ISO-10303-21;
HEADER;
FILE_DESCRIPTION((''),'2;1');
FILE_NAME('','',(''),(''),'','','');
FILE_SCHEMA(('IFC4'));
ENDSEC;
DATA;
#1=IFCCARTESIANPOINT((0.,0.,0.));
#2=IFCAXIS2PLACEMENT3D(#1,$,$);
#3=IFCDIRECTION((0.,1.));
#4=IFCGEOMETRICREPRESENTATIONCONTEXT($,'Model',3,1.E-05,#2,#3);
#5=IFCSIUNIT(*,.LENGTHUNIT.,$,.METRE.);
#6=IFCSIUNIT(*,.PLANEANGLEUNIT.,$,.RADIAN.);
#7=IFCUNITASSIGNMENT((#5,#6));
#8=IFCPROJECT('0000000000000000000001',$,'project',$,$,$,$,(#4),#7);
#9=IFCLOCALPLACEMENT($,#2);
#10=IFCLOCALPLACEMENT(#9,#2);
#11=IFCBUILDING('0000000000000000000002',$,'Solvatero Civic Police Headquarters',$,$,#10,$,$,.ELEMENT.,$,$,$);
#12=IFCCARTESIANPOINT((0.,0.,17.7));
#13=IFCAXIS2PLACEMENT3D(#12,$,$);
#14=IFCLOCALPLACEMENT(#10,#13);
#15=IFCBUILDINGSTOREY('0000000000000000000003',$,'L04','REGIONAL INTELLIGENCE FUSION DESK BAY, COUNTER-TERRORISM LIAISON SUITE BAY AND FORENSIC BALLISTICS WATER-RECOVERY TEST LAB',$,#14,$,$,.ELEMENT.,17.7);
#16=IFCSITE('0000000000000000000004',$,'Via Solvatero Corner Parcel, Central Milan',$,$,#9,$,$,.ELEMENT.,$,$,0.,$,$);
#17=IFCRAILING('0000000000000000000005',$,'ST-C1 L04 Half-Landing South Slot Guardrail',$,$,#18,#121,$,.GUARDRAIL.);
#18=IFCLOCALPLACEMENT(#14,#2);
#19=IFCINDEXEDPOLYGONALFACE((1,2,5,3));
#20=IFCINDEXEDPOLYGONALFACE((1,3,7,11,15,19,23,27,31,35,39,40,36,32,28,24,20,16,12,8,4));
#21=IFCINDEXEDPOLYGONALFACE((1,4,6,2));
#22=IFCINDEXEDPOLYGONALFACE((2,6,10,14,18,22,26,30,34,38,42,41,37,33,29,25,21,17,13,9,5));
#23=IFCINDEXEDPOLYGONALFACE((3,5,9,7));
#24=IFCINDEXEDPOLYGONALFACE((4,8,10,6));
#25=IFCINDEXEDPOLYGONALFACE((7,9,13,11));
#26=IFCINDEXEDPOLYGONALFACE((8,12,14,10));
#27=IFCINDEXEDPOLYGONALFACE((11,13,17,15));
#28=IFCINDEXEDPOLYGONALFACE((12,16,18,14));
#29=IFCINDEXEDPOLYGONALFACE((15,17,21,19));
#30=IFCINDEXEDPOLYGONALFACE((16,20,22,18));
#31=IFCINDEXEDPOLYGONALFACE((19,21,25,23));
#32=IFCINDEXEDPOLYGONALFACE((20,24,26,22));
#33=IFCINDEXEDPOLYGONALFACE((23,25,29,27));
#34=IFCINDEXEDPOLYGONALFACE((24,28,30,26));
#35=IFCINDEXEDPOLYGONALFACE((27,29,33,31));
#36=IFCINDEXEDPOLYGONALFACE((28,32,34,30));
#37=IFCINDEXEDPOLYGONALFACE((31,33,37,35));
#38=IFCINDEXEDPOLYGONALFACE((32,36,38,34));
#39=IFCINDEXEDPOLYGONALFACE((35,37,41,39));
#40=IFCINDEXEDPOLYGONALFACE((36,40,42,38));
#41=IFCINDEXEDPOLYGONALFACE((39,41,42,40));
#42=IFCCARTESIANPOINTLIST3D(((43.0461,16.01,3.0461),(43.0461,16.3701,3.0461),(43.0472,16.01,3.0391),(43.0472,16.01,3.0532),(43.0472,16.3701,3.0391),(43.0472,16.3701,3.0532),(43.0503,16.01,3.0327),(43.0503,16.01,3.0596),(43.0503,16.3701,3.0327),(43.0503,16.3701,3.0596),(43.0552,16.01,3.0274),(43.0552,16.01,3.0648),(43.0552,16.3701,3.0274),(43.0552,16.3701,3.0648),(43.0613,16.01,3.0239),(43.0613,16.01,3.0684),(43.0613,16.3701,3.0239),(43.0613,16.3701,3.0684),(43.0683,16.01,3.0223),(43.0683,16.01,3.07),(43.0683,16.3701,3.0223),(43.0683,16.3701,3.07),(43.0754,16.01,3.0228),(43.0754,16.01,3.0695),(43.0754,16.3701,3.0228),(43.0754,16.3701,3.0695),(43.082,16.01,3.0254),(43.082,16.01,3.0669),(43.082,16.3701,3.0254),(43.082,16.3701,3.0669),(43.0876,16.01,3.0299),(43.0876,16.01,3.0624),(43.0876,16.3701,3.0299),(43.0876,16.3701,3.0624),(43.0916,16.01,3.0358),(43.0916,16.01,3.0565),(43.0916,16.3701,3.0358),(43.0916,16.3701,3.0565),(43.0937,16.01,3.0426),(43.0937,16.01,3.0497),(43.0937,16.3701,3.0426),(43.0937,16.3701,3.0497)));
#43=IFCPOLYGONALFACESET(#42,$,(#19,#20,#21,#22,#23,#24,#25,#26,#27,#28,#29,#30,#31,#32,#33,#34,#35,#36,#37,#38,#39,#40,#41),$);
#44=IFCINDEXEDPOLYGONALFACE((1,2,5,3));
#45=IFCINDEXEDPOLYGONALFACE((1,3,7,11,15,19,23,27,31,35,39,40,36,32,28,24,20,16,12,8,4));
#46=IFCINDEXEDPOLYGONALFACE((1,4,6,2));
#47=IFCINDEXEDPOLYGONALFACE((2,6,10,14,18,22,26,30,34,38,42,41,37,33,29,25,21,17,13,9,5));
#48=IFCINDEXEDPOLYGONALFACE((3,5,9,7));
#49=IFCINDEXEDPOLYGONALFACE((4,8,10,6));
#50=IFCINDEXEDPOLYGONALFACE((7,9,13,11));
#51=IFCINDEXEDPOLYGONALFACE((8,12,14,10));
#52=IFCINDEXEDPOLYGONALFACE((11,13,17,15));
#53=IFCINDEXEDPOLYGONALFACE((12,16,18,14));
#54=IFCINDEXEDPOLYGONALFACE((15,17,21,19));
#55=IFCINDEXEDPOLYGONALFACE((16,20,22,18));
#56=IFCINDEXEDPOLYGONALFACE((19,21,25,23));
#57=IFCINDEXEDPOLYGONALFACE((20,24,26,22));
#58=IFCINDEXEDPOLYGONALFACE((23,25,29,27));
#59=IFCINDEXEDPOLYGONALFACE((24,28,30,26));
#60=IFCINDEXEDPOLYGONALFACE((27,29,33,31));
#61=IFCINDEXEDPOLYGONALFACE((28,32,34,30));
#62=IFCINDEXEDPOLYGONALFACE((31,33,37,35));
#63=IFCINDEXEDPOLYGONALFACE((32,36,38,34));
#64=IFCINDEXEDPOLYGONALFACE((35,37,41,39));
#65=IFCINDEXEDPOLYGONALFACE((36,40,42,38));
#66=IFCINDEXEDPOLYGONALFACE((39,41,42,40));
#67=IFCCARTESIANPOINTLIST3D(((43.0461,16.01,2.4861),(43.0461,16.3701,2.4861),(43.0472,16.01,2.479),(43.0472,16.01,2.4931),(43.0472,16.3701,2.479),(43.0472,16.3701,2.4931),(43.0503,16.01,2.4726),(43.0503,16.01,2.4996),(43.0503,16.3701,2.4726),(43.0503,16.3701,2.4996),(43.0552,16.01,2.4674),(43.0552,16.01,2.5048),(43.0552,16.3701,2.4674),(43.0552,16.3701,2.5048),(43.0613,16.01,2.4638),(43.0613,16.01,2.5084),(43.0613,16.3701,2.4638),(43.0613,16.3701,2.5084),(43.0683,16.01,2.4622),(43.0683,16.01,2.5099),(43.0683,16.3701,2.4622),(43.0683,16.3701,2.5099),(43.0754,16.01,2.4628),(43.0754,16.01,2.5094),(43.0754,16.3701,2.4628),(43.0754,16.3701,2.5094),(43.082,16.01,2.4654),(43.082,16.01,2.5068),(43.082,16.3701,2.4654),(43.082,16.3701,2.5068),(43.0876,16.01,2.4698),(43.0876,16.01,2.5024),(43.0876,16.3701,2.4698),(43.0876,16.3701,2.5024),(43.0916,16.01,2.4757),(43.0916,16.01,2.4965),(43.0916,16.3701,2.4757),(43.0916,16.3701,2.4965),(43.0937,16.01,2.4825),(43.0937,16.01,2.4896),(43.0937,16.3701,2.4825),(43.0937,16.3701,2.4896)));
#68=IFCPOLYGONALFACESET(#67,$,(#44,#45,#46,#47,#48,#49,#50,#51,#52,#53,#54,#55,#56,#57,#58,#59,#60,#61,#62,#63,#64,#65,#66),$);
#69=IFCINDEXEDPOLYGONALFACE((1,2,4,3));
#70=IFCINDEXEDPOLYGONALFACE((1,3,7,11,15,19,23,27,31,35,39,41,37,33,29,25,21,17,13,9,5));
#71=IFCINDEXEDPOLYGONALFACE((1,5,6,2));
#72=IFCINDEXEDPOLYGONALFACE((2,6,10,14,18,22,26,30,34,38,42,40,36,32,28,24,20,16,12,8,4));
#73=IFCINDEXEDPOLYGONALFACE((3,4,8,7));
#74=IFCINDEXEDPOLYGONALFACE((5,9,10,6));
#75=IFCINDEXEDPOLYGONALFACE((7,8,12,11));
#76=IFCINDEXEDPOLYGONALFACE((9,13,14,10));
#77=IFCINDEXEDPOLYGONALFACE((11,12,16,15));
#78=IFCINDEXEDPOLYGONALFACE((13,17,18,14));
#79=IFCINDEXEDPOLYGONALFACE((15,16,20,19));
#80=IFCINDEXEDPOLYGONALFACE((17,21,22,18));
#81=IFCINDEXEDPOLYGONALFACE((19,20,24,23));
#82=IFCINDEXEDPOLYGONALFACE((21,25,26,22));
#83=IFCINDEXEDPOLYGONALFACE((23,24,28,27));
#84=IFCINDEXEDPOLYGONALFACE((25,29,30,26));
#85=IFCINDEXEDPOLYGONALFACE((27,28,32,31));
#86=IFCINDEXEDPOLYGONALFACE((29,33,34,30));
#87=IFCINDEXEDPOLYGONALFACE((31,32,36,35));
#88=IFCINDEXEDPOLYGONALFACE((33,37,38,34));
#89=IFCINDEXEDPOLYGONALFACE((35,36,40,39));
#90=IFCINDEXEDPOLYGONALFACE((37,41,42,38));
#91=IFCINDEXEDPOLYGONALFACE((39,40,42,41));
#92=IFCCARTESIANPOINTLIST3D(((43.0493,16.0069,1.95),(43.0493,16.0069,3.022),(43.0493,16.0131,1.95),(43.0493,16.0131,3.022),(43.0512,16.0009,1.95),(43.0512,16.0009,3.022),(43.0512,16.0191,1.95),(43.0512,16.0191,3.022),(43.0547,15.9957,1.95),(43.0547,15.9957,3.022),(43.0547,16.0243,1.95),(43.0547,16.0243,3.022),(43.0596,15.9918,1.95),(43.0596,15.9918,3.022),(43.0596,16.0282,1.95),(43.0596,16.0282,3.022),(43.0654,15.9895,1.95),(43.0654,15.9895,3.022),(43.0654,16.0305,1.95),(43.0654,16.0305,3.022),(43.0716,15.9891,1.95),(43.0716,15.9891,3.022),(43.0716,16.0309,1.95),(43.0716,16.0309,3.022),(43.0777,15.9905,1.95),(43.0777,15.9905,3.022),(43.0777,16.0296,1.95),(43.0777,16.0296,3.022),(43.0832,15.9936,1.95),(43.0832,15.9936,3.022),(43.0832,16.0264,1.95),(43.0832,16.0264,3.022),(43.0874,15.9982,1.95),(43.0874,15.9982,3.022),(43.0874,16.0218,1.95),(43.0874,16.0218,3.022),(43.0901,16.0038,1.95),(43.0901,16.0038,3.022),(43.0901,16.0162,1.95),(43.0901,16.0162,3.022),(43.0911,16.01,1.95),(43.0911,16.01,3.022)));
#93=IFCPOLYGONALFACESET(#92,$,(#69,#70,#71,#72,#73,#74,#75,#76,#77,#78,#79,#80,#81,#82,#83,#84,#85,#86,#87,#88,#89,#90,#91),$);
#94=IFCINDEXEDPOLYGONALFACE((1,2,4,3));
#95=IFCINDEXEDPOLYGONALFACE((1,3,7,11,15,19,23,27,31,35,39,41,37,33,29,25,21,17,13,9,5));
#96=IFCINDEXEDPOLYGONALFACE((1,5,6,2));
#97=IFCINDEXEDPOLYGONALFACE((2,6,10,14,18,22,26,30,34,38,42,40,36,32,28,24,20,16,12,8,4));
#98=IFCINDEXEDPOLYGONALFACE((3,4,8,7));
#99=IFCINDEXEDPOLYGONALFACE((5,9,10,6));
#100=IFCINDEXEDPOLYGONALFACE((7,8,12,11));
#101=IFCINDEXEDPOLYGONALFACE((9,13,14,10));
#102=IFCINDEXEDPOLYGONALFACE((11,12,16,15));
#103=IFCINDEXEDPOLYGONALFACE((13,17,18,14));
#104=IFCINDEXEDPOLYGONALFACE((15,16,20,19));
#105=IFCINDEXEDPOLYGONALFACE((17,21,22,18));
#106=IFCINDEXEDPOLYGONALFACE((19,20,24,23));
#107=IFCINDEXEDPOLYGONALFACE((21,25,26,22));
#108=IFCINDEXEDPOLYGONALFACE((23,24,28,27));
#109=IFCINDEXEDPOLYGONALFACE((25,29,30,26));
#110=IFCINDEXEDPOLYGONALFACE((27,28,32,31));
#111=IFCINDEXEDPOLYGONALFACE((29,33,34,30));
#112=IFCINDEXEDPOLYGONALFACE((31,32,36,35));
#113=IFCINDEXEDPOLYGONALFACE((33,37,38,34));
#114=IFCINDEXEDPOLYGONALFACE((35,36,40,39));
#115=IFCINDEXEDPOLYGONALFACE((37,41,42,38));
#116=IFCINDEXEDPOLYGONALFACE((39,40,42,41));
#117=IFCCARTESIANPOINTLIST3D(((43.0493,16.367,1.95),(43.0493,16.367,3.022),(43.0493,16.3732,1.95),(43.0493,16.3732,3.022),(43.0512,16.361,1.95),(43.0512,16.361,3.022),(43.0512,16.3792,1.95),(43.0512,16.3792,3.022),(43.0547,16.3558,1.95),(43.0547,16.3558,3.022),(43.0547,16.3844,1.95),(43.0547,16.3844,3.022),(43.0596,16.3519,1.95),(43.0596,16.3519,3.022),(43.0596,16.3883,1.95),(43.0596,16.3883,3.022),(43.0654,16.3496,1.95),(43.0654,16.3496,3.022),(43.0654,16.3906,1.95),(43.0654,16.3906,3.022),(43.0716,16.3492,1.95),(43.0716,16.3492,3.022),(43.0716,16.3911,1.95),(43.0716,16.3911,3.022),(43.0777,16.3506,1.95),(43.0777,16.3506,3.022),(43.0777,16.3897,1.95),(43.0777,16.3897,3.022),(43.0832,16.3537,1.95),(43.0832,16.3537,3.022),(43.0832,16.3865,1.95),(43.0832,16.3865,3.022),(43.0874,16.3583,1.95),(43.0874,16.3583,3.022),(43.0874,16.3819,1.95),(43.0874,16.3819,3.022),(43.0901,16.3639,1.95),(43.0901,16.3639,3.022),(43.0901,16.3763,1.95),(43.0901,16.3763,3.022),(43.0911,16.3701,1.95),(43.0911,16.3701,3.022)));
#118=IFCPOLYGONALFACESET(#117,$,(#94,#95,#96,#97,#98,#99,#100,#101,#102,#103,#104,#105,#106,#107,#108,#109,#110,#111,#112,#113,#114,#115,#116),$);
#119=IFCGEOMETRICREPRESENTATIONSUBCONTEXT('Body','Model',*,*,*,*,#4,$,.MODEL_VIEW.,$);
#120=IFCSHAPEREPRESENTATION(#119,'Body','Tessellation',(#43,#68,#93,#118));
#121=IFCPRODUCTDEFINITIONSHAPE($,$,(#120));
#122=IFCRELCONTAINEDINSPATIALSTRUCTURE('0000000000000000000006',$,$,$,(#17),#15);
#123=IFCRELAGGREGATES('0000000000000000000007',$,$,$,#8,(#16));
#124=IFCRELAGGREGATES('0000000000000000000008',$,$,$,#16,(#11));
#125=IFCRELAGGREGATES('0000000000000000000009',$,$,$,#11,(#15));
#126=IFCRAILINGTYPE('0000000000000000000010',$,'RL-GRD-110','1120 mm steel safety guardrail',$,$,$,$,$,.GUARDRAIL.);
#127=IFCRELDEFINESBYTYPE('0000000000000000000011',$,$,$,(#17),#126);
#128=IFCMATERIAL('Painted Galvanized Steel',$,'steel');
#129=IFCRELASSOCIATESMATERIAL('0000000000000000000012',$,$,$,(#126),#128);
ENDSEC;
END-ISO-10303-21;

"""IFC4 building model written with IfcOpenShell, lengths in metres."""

from ifc_helpers import new_model, si_unit, direction, frame, origin, origin_2d, place, context, subcontext, project, spatial, circle, extrude, material, type_object, element, save


model = new_model("IFC4")

# Units and contexts
model_context = context("Model", 3, precision=1e-05, world=origin(), true_north=direction((0.0, 1.0)))
body_context = subcontext(model_context, "Body", "Model", "MODEL_VIEW")
ifc_project = project(units=[si_unit("LENGTHUNIT", "METRE"), si_unit("PLANEANGLEUNIT", "RADIAN")], contexts=[model_context])

# Site, building, storey
site_placement = place(None, origin())
site = spatial("IfcSite", under=ifc_project, at=site_placement, Name="Via Solvatero Corner Parcel, Central Milan", CompositionType="ELEMENT", RefElevation=0.0)
building_placement = place(site_placement, origin())
building = spatial("IfcBuilding", under=site, at=building_placement, Name="Solvatero Civic Police Headquarters", CompositionType="ELEMENT")
storey_placement = place(building_placement, frame((0.0, 0.0, 17.7)))
storey = spatial("IfcBuildingStorey", under=building, at=storey_placement, Name="L04", Description="REGIONAL INTELLIGENCE FUSION DESK BAY, COUNTER-TERRORISM LIAISON SUITE BAY AND FORENSIC BALLISTICS WATER-RECOVERY TEST LAB", CompositionType="ELEMENT", Elevation=17.7)

# Railing
ifc_material_1 = material(Name="Painted Galvanized Steel", Category="steel")
railing_type_1 = type_object("IfcRailingType", Name="RL-GRD-110", Description="1120 mm steel safety guardrail", PredefinedType="GUARDRAIL", material=ifc_material_1)
railing_1_placement = place(storey_placement, frame((43.0701, 16.01, 1.95)))
element("IfcRailing", 1, at=railing_1_placement, inside=storey, type_object=railing_type_1, Name="ST-C1 L04 Half-Landing South Slot Guardrail", PredefinedType="GUARDRAIL", context=body_context, shape_type="SweptSolid", body=[
    extrude(circle(Radius=0.0239, at=origin_2d()), frame((0.0, 0.0, 1.0962), z_axis=(0.0, 1.0, 0.0), x_axis=(-1.0, 0.0, 0.0)), (0.0, 0.0, 1.0), 0.3601),
    extrude(circle(Radius=0.0239, at=origin_2d()), frame((0.0, 0.0, 0.5361), z_axis=(0.0, 1.0, 0.0), x_axis=(-1.0, 0.0, 0.0)), (0.0, 0.0, 1.0), 0.3601),
    extrude(circle(Radius=0.021, at=origin_2d()), origin(), (0.0, 0.0, 1.0), 1.072),
    extrude(circle(Radius=0.021, at=origin_2d()), frame((0.0, 0.3601, 0.0)), (0.0, 0.0, 1.0), 1.072),
])

save(model, "model.ifc")
